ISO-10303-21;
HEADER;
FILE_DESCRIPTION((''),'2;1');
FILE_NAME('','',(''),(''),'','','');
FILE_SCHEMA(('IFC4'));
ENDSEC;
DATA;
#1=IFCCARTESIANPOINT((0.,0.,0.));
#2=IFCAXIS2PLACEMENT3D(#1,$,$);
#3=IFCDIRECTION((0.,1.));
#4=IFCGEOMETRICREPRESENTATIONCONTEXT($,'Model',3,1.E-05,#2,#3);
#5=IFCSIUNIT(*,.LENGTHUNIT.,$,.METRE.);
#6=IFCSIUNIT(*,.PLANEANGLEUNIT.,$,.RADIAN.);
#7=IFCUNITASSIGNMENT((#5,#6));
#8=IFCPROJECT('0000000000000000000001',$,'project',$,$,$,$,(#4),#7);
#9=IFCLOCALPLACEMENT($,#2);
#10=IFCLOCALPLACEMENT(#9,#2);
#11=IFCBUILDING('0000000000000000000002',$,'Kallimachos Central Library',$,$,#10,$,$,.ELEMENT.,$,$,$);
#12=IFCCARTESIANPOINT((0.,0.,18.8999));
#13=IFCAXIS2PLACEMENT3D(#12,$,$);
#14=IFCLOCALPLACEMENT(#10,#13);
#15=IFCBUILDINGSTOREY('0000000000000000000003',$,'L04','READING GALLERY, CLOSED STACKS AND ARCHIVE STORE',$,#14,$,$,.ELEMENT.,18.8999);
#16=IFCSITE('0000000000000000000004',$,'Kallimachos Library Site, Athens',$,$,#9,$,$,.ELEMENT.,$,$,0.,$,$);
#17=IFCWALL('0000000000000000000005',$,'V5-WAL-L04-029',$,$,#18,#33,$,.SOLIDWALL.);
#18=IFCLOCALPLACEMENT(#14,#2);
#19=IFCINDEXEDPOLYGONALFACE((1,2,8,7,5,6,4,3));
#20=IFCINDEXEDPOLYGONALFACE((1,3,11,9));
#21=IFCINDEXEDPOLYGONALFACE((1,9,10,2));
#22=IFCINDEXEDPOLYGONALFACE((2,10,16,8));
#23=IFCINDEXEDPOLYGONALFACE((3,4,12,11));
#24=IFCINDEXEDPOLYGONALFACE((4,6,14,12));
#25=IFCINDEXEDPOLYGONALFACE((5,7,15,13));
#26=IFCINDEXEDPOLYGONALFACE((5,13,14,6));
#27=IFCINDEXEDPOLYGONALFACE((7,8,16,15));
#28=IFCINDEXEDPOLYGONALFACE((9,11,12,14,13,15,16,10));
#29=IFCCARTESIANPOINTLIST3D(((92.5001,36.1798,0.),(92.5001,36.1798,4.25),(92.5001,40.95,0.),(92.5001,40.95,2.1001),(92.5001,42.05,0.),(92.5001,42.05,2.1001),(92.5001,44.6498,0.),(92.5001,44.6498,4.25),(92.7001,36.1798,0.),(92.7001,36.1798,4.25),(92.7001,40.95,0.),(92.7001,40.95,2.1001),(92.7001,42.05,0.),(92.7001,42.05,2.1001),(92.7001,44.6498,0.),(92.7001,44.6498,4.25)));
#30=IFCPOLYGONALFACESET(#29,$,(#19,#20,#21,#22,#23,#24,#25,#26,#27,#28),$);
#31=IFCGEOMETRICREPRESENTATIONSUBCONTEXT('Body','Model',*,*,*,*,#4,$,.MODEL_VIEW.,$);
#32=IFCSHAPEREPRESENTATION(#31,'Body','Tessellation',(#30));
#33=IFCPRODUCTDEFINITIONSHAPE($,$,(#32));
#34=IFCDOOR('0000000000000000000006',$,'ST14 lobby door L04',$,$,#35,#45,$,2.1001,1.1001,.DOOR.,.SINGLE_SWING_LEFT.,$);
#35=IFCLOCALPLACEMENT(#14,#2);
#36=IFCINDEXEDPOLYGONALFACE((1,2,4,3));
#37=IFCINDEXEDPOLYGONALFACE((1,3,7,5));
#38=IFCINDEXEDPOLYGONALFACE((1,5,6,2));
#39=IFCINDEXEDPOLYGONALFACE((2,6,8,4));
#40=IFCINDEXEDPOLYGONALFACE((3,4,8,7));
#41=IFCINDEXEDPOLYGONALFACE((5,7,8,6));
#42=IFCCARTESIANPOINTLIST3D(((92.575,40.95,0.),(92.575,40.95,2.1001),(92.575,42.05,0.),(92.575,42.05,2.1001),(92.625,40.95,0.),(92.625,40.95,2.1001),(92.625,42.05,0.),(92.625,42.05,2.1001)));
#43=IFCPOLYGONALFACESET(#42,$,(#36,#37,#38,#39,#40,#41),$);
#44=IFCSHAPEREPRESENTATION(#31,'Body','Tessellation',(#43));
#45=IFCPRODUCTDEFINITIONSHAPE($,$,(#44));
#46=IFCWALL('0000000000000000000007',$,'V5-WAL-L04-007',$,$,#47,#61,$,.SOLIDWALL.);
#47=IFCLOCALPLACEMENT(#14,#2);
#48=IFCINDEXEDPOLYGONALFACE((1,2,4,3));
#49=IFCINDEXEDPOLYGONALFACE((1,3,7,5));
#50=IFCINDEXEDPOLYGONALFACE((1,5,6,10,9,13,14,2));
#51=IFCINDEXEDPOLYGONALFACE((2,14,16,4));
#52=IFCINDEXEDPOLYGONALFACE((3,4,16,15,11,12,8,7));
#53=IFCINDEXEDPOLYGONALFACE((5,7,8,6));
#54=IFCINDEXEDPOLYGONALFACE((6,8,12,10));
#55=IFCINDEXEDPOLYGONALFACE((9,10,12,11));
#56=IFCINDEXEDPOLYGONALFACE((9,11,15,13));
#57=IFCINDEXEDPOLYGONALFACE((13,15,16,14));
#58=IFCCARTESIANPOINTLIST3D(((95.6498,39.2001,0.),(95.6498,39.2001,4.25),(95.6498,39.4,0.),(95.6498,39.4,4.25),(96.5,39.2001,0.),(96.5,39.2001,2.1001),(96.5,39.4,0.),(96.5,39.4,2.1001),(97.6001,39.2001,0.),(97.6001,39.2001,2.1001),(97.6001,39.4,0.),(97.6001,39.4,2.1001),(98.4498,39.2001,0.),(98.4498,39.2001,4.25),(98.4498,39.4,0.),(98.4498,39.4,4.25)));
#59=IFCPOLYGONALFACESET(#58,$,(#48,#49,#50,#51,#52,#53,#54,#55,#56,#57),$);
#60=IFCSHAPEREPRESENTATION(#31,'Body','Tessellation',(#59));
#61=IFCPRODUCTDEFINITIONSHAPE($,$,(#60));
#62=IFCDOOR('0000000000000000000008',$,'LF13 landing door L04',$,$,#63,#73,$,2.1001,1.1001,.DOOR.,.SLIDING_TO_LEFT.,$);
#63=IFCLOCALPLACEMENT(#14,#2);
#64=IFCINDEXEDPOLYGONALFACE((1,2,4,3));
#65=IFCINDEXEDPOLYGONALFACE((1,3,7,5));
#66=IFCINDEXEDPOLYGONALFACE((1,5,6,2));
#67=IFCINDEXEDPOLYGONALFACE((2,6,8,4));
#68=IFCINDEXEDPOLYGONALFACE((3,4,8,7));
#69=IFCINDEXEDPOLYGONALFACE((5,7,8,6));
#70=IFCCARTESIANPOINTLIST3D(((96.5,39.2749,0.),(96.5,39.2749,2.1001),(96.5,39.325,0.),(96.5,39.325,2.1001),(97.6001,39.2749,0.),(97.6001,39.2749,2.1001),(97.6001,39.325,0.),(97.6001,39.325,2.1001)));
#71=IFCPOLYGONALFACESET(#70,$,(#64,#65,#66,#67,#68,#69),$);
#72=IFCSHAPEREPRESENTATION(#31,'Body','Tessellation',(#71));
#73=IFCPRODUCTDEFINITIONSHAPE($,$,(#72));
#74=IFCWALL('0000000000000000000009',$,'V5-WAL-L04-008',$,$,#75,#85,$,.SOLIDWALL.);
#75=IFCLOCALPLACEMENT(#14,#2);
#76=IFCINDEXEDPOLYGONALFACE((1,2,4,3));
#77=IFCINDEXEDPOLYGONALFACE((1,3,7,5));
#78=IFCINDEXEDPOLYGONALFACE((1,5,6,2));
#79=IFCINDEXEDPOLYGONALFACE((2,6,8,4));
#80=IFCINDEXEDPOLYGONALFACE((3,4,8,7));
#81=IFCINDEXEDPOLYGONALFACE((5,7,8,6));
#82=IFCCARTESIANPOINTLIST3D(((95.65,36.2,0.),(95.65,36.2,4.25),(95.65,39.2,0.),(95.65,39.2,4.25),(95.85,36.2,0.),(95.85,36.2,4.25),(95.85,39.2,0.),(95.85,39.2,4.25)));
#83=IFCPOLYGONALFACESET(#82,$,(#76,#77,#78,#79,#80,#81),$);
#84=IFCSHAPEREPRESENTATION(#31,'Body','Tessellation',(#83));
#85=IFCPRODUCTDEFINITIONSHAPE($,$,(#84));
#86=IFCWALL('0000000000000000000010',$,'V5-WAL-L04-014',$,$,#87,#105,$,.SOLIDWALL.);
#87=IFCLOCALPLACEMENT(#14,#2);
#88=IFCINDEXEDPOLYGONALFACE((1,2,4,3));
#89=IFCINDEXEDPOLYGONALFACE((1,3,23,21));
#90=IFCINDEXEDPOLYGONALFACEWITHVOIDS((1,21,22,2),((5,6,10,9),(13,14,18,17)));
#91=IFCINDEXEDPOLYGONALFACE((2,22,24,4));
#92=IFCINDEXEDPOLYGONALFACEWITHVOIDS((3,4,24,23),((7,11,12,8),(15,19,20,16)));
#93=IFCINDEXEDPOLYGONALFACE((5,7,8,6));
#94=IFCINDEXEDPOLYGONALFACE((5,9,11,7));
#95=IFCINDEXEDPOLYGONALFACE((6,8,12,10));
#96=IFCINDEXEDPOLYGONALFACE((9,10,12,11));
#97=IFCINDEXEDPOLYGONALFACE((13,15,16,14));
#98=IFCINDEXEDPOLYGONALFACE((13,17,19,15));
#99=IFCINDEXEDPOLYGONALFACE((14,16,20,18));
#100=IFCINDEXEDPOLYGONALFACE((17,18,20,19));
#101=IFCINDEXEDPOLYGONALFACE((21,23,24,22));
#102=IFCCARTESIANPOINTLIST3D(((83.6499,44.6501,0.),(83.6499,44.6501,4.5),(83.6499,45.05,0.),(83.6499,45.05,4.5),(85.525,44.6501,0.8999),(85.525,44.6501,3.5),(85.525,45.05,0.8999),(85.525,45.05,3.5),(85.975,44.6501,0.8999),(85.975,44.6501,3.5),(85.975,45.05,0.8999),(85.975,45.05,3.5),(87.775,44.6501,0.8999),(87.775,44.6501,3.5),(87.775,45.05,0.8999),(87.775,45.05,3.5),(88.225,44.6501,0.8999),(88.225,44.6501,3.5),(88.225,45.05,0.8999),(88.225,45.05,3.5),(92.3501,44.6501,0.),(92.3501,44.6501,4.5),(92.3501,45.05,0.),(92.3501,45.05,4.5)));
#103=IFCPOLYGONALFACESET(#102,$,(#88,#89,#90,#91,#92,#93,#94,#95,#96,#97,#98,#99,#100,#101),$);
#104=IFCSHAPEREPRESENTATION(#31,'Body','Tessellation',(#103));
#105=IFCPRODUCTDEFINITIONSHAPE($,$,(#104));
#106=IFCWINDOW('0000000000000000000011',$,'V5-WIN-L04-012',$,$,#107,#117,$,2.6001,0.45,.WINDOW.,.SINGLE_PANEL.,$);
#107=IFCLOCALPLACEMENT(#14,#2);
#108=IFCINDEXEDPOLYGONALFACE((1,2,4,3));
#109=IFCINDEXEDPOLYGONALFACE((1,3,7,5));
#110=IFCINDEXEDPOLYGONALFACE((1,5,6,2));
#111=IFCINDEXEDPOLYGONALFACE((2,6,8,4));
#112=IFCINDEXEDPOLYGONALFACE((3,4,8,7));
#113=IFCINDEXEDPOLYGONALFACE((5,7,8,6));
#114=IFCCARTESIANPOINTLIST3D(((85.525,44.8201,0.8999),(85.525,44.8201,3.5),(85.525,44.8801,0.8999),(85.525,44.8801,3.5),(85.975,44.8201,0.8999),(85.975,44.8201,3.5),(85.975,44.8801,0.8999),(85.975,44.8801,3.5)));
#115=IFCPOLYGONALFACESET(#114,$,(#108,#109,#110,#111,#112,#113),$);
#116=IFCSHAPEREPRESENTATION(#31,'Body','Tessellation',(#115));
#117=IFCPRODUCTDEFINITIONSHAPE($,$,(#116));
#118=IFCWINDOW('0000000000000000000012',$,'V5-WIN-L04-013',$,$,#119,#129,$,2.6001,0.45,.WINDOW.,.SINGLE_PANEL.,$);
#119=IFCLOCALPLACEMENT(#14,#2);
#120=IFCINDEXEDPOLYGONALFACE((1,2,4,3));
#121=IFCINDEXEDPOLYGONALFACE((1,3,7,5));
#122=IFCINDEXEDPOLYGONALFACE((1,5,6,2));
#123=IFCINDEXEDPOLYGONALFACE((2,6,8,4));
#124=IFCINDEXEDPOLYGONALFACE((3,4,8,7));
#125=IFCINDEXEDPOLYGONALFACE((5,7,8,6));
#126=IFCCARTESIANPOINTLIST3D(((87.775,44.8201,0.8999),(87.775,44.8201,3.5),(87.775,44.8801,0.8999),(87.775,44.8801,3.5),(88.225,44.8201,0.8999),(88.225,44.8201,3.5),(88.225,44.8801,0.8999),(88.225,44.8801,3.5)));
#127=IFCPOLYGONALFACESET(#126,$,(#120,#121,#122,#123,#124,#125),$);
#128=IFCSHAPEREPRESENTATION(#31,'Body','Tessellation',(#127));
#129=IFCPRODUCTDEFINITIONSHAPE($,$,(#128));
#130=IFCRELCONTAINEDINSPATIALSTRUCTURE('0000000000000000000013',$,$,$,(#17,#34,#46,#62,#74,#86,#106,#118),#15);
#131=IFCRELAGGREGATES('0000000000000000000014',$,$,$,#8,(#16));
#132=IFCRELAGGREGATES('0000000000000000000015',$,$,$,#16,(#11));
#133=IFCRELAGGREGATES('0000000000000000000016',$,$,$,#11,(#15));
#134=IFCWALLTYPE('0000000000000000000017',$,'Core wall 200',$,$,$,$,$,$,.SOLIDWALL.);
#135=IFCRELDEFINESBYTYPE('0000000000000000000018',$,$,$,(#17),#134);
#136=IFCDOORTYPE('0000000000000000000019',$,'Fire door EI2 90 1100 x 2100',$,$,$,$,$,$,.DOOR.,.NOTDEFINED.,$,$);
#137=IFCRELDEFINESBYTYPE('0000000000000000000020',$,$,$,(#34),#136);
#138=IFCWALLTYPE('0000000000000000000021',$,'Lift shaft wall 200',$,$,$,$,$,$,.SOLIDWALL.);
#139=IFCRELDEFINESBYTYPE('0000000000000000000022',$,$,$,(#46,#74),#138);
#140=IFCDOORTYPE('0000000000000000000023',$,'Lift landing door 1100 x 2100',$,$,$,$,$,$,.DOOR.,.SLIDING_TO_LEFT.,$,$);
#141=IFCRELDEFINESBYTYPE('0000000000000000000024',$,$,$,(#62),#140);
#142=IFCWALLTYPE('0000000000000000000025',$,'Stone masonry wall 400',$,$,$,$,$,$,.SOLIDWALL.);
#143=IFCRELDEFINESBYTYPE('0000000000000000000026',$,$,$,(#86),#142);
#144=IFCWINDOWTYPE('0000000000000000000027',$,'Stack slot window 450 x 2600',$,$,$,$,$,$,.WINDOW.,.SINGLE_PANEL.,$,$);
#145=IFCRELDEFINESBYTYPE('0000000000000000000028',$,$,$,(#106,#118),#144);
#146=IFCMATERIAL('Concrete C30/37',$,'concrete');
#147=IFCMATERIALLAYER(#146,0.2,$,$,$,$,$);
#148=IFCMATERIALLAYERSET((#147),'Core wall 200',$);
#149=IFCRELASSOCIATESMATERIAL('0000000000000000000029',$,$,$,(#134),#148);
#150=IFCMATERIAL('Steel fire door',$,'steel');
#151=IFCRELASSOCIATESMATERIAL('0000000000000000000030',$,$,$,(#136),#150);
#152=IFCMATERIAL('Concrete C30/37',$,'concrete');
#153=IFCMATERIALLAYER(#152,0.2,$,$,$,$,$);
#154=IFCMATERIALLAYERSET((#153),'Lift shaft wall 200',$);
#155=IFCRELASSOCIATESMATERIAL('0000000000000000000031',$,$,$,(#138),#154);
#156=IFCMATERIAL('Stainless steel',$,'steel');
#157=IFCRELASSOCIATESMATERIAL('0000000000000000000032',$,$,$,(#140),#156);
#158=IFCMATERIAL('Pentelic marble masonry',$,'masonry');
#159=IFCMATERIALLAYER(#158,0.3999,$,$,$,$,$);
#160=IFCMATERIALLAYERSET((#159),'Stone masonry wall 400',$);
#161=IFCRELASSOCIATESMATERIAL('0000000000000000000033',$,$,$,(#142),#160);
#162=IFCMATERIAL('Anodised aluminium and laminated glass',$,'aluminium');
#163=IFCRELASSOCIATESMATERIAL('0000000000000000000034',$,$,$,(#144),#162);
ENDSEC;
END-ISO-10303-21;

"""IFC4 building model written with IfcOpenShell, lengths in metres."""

from ifc_helpers import new_model, si_unit, direction, frame, frame_2d, origin, place, context, subcontext, project, spatial, rectangle, extrude, material, layer, layer_set, type_object, element, fill, save


model = new_model("IFC4")

# Units and contexts
model_context = context("Model", 3, precision=1e-05, world=origin(), true_north=direction((0.0, 1.0)))
body_context = subcontext(model_context, "Body", "Model", "MODEL_VIEW")
ifc_project = project(units=[si_unit("LENGTHUNIT", "METRE"), si_unit("PLANEANGLEUNIT", "RADIAN")], contexts=[model_context])

# Site, building, storey
site_placement = place(None, origin())
site = spatial("IfcSite", under=ifc_project, at=site_placement, Name="Kallimachos Library Site, Athens", CompositionType="ELEMENT", RefElevation=0.0)
building_placement = place(site_placement, origin())
building = spatial("IfcBuilding", under=site, at=building_placement, Name="Kallimachos Central Library", CompositionType="ELEMENT")
storey_placement = place(building_placement, frame((0.0, 0.0, 18.8999)))
storey = spatial("IfcBuildingStorey", under=building, at=storey_placement, Name="L04", Description="READING GALLERY, CLOSED STACKS AND ARCHIVE STORE", CompositionType="ELEMENT", Elevation=18.8999)

# Walls, openings, doors
ifc_material_1 = material(Name="Concrete C30/37", Category="concrete")
ifc_layer_1 = layer(ifc_material_1, 0.2)
ifc_layer_set_1 = layer_set([ifc_layer_1], Name="Core wall 200")
wall_type_1 = type_object("IfcWallType", Name="Core wall 200", PredefinedType="SOLIDWALL", material=ifc_layer_set_1)
wall_1_placement = place(storey_placement, frame((92.6001, 36.1799, 0.0), z_axis=(0.0, 0.0, 1.0), x_axis=(0.0, 1.0, 0.0)))
wall_1 = element("IfcWall", 1, at=wall_1_placement, inside=storey, type_object=wall_type_1, Name="V5-WAL-L04-029", PredefinedType="SOLIDWALL", context=body_context, shape_type="SweptSolid", body=[
    extrude(rectangle(XDim=8.47, YDim=0.2, at=frame_2d((4.2349, 0.0))), origin(), (0.0, 0.0, 1.0), 4.25),
])
opening_1_placement = place(wall_1_placement, frame((4.77, 0.0, 0.0)))
opening_1 = element("IfcOpeningElement", 2, at=opening_1_placement, cuts=wall_1, PredefinedType="OPENING", context=body_context, shape_type="SweptSolid", body=[
    extrude(rectangle(XDim=1.1001, YDim=2.1001, at=frame_2d((0.55, 1.05))), frame((0.0, 0.1099, 0.0), z_axis=(0.0, -1.0, 0.0), x_axis=(1.0, 0.0, 0.0)), (0.0, 0.0, 1.0), 0.22),
])
ifc_material_2 = material(Name="Steel fire door", Category="steel")
door_type_1 = type_object("IfcDoorType", Name="Fire door EI2 90 1100 x 2100", OperationType="NOTDEFINED", PredefinedType="DOOR", material=ifc_material_2)
door_1_placement = place(opening_1_placement, frame((1.1001, 0.0, 0.0), z_axis=(0.0, 0.0, 1.0), x_axis=(-1.0, 0.0, 0.0)))
door_1 = element("IfcDoor", 3, at=door_1_placement, inside=storey, type_object=door_type_1, Name="ST14 lobby door L04", OperationType="SINGLE_SWING_LEFT", OverallHeight=2.1001, OverallWidth=1.1001, PredefinedType="DOOR", context=body_context, shape_type="SweptSolid", body=[
    extrude(rectangle(XDim=1.1001, YDim=2.1001, at=frame_2d((0.55, 1.05))), frame((0.0, 0.0249, 0.0), z_axis=(0.0, -1.0, 0.0), x_axis=(1.0, 0.0, 0.0)), (0.0, 0.0, 1.0), 0.05),
])
fill(opening_1, door_1)
ifc_material_3 = material(Name="Concrete C30/37", Category="concrete")
ifc_layer_2 = layer(ifc_material_3, 0.2)
ifc_layer_set_2 = layer_set([ifc_layer_2], Name="Lift shaft wall 200")
wall_type_2 = type_object("IfcWallType", Name="Lift shaft wall 200", PredefinedType="SOLIDWALL", material=ifc_layer_set_2)
wall_2_placement = place(storey_placement, frame((95.6499, 39.3, 0.0), z_axis=(0.0, 0.0, 1.0), x_axis=(1.0, 0.0, 0.0)))
wall_2 = element("IfcWall", 4, at=wall_2_placement, inside=storey, type_object=wall_type_2, Name="V5-WAL-L04-007", PredefinedType="SOLIDWALL", context=body_context, shape_type="SweptSolid", body=[
    extrude(rectangle(XDim=2.8, YDim=0.2, at=frame_2d((1.3999, 0.0))), origin(), (0.0, 0.0, 1.0), 4.25),
])
opening_2_placement = place(wall_2_placement, frame((0.8501, 0.0, 0.0)))
opening_2 = element("IfcOpeningElement", 5, at=opening_2_placement, cuts=wall_2, PredefinedType="OPENING", context=body_context, shape_type="SweptSolid", body=[
    extrude(rectangle(XDim=1.1001, YDim=2.1001, at=frame_2d((0.55, 1.05))), frame((0.0, 0.1099, 0.0), z_axis=(0.0, -1.0, 0.0), x_axis=(1.0, 0.0, 0.0)), (0.0, 0.0, 1.0), 0.22),
])
ifc_material_4 = material(Name="Stainless steel", Category="steel")
door_type_2 = type_object("IfcDoorType", Name="Lift landing door 1100 x 2100", OperationType="SLIDING_TO_LEFT", PredefinedType="DOOR", material=ifc_material_4)
door_2_placement = place(opening_2_placement, origin())
door_2 = element("IfcDoor", 6, at=door_2_placement, inside=storey, type_object=door_type_2, Name="LF13 landing door L04", OperationType="SLIDING_TO_LEFT", OverallHeight=2.1001, OverallWidth=1.1001, PredefinedType="DOOR", context=body_context, shape_type="SweptSolid", body=[
    extrude(rectangle(XDim=1.1001, YDim=2.1001, at=frame_2d((0.55, 1.05))), frame((0.0, 0.0249, 0.0), z_axis=(0.0, -1.0, 0.0), x_axis=(1.0, 0.0, 0.0)), (0.0, 0.0, 1.0), 0.05),
])
fill(opening_2, door_2)

# Wall
wall_3_placement = place(storey_placement, frame((95.75, 36.2, 0.0), z_axis=(0.0, 0.0, 1.0), x_axis=(0.0, 1.0, 0.0)))
element("IfcWall", 7, at=wall_3_placement, inside=storey, type_object=wall_type_2, Name="V5-WAL-L04-008", PredefinedType="SOLIDWALL", context=body_context, shape_type="SweptSolid", body=[
    extrude(rectangle(XDim=3.0, YDim=0.2, at=frame_2d((1.5, 0.0))), origin(), (0.0, 0.0, 1.0), 4.25),
])

# Wall, openings, windows
ifc_material_5 = material(Name="Pentelic marble masonry", Category="masonry")
ifc_layer_3 = layer(ifc_material_5, 0.3999)
ifc_layer_set_3 = layer_set([ifc_layer_3], Name="Stone masonry wall 400")
wall_type_3 = type_object("IfcWallType", Name="Stone masonry wall 400", PredefinedType="SOLIDWALL", material=ifc_layer_set_3)
wall_4_placement = place(storey_placement, frame((83.6499, 44.8501, 0.0), z_axis=(0.0, 0.0, 1.0), x_axis=(1.0, 0.0, 0.0)))
wall_4 = element("IfcWall", 8, at=wall_4_placement, inside=storey, type_object=wall_type_3, Name="V5-WAL-L04-014", PredefinedType="SOLIDWALL", context=body_context, shape_type="SweptSolid", body=[
    extrude(rectangle(XDim=8.7002, YDim=0.3999, at=frame_2d((4.3501, 0.0))), origin(), (0.0, 0.0, 1.0), 4.5),
])
opening_3_placement = place(wall_4_placement, frame((1.875, 0.0, 0.8999)))
opening_3 = element("IfcOpeningElement", 9, at=opening_3_placement, cuts=wall_4, PredefinedType="OPENING", context=body_context, shape_type="SweptSolid", body=[
    extrude(rectangle(XDim=0.45, YDim=2.6001, at=frame_2d((0.2251, 1.3))), frame((0.0, 0.21, 0.0), z_axis=(0.0, -1.0, 0.0), x_axis=(1.0, 0.0, 0.0)), (0.0, 0.0, 1.0), 0.4199),
])
opening_4_placement = place(wall_4_placement, frame((4.125, 0.0, 0.8999)))
opening_4 = element("IfcOpeningElement", 10, at=opening_4_placement, cuts=wall_4, PredefinedType="OPENING", context=body_context, shape_type="SweptSolid", body=[
    extrude(rectangle(XDim=0.45, YDim=2.6001, at=frame_2d((0.2251, 1.3))), frame((0.0, 0.21, 0.0), z_axis=(0.0, -1.0, 0.0), x_axis=(1.0, 0.0, 0.0)), (0.0, 0.0, 1.0), 0.4199),
])
ifc_material_6 = material(Name="Anodised aluminium and laminated glass", Category="aluminium")
window_type_1 = type_object("IfcWindowType", Name="Stack slot window 450 x 2600", PartitioningType="SINGLE_PANEL", PredefinedType="WINDOW", material=ifc_material_6)
window_1_placement = place(opening_3_placement, origin())
window_1 = element("IfcWindow", 11, at=window_1_placement, inside=storey, type_object=window_type_1, Name="V5-WIN-L04-012", OverallHeight=2.6001, OverallWidth=0.45, PartitioningType="SINGLE_PANEL", PredefinedType="WINDOW", context=body_context, shape_type="SweptSolid", body=[
    extrude(rectangle(XDim=0.45, YDim=2.6001, at=frame_2d((0.2251, 1.3))), frame((0.0, 0.03, 0.0), z_axis=(0.0, -1.0, 0.0), x_axis=(1.0, 0.0, 0.0)), (0.0, 0.0, 1.0), 0.0601),
])
fill(opening_3, window_1)
window_2_placement = place(opening_4_placement, origin())
window_2 = element("IfcWindow", 12, at=window_2_placement, inside=storey, type_object=window_type_1, Name="V5-WIN-L04-013", OverallHeight=2.6001, OverallWidth=0.45, PartitioningType="SINGLE_PANEL", PredefinedType="WINDOW", context=body_context, shape_type="SweptSolid", body=[
    extrude(rectangle(XDim=0.45, YDim=2.6001, at=frame_2d((0.2251, 1.3))), frame((0.0, 0.03, 0.0), z_axis=(0.0, -1.0, 0.0), x_axis=(1.0, 0.0, 0.0)), (0.0, 0.0, 1.0), 0.0601),
])
fill(opening_4, window_2)

save(model, "model.ifc")
